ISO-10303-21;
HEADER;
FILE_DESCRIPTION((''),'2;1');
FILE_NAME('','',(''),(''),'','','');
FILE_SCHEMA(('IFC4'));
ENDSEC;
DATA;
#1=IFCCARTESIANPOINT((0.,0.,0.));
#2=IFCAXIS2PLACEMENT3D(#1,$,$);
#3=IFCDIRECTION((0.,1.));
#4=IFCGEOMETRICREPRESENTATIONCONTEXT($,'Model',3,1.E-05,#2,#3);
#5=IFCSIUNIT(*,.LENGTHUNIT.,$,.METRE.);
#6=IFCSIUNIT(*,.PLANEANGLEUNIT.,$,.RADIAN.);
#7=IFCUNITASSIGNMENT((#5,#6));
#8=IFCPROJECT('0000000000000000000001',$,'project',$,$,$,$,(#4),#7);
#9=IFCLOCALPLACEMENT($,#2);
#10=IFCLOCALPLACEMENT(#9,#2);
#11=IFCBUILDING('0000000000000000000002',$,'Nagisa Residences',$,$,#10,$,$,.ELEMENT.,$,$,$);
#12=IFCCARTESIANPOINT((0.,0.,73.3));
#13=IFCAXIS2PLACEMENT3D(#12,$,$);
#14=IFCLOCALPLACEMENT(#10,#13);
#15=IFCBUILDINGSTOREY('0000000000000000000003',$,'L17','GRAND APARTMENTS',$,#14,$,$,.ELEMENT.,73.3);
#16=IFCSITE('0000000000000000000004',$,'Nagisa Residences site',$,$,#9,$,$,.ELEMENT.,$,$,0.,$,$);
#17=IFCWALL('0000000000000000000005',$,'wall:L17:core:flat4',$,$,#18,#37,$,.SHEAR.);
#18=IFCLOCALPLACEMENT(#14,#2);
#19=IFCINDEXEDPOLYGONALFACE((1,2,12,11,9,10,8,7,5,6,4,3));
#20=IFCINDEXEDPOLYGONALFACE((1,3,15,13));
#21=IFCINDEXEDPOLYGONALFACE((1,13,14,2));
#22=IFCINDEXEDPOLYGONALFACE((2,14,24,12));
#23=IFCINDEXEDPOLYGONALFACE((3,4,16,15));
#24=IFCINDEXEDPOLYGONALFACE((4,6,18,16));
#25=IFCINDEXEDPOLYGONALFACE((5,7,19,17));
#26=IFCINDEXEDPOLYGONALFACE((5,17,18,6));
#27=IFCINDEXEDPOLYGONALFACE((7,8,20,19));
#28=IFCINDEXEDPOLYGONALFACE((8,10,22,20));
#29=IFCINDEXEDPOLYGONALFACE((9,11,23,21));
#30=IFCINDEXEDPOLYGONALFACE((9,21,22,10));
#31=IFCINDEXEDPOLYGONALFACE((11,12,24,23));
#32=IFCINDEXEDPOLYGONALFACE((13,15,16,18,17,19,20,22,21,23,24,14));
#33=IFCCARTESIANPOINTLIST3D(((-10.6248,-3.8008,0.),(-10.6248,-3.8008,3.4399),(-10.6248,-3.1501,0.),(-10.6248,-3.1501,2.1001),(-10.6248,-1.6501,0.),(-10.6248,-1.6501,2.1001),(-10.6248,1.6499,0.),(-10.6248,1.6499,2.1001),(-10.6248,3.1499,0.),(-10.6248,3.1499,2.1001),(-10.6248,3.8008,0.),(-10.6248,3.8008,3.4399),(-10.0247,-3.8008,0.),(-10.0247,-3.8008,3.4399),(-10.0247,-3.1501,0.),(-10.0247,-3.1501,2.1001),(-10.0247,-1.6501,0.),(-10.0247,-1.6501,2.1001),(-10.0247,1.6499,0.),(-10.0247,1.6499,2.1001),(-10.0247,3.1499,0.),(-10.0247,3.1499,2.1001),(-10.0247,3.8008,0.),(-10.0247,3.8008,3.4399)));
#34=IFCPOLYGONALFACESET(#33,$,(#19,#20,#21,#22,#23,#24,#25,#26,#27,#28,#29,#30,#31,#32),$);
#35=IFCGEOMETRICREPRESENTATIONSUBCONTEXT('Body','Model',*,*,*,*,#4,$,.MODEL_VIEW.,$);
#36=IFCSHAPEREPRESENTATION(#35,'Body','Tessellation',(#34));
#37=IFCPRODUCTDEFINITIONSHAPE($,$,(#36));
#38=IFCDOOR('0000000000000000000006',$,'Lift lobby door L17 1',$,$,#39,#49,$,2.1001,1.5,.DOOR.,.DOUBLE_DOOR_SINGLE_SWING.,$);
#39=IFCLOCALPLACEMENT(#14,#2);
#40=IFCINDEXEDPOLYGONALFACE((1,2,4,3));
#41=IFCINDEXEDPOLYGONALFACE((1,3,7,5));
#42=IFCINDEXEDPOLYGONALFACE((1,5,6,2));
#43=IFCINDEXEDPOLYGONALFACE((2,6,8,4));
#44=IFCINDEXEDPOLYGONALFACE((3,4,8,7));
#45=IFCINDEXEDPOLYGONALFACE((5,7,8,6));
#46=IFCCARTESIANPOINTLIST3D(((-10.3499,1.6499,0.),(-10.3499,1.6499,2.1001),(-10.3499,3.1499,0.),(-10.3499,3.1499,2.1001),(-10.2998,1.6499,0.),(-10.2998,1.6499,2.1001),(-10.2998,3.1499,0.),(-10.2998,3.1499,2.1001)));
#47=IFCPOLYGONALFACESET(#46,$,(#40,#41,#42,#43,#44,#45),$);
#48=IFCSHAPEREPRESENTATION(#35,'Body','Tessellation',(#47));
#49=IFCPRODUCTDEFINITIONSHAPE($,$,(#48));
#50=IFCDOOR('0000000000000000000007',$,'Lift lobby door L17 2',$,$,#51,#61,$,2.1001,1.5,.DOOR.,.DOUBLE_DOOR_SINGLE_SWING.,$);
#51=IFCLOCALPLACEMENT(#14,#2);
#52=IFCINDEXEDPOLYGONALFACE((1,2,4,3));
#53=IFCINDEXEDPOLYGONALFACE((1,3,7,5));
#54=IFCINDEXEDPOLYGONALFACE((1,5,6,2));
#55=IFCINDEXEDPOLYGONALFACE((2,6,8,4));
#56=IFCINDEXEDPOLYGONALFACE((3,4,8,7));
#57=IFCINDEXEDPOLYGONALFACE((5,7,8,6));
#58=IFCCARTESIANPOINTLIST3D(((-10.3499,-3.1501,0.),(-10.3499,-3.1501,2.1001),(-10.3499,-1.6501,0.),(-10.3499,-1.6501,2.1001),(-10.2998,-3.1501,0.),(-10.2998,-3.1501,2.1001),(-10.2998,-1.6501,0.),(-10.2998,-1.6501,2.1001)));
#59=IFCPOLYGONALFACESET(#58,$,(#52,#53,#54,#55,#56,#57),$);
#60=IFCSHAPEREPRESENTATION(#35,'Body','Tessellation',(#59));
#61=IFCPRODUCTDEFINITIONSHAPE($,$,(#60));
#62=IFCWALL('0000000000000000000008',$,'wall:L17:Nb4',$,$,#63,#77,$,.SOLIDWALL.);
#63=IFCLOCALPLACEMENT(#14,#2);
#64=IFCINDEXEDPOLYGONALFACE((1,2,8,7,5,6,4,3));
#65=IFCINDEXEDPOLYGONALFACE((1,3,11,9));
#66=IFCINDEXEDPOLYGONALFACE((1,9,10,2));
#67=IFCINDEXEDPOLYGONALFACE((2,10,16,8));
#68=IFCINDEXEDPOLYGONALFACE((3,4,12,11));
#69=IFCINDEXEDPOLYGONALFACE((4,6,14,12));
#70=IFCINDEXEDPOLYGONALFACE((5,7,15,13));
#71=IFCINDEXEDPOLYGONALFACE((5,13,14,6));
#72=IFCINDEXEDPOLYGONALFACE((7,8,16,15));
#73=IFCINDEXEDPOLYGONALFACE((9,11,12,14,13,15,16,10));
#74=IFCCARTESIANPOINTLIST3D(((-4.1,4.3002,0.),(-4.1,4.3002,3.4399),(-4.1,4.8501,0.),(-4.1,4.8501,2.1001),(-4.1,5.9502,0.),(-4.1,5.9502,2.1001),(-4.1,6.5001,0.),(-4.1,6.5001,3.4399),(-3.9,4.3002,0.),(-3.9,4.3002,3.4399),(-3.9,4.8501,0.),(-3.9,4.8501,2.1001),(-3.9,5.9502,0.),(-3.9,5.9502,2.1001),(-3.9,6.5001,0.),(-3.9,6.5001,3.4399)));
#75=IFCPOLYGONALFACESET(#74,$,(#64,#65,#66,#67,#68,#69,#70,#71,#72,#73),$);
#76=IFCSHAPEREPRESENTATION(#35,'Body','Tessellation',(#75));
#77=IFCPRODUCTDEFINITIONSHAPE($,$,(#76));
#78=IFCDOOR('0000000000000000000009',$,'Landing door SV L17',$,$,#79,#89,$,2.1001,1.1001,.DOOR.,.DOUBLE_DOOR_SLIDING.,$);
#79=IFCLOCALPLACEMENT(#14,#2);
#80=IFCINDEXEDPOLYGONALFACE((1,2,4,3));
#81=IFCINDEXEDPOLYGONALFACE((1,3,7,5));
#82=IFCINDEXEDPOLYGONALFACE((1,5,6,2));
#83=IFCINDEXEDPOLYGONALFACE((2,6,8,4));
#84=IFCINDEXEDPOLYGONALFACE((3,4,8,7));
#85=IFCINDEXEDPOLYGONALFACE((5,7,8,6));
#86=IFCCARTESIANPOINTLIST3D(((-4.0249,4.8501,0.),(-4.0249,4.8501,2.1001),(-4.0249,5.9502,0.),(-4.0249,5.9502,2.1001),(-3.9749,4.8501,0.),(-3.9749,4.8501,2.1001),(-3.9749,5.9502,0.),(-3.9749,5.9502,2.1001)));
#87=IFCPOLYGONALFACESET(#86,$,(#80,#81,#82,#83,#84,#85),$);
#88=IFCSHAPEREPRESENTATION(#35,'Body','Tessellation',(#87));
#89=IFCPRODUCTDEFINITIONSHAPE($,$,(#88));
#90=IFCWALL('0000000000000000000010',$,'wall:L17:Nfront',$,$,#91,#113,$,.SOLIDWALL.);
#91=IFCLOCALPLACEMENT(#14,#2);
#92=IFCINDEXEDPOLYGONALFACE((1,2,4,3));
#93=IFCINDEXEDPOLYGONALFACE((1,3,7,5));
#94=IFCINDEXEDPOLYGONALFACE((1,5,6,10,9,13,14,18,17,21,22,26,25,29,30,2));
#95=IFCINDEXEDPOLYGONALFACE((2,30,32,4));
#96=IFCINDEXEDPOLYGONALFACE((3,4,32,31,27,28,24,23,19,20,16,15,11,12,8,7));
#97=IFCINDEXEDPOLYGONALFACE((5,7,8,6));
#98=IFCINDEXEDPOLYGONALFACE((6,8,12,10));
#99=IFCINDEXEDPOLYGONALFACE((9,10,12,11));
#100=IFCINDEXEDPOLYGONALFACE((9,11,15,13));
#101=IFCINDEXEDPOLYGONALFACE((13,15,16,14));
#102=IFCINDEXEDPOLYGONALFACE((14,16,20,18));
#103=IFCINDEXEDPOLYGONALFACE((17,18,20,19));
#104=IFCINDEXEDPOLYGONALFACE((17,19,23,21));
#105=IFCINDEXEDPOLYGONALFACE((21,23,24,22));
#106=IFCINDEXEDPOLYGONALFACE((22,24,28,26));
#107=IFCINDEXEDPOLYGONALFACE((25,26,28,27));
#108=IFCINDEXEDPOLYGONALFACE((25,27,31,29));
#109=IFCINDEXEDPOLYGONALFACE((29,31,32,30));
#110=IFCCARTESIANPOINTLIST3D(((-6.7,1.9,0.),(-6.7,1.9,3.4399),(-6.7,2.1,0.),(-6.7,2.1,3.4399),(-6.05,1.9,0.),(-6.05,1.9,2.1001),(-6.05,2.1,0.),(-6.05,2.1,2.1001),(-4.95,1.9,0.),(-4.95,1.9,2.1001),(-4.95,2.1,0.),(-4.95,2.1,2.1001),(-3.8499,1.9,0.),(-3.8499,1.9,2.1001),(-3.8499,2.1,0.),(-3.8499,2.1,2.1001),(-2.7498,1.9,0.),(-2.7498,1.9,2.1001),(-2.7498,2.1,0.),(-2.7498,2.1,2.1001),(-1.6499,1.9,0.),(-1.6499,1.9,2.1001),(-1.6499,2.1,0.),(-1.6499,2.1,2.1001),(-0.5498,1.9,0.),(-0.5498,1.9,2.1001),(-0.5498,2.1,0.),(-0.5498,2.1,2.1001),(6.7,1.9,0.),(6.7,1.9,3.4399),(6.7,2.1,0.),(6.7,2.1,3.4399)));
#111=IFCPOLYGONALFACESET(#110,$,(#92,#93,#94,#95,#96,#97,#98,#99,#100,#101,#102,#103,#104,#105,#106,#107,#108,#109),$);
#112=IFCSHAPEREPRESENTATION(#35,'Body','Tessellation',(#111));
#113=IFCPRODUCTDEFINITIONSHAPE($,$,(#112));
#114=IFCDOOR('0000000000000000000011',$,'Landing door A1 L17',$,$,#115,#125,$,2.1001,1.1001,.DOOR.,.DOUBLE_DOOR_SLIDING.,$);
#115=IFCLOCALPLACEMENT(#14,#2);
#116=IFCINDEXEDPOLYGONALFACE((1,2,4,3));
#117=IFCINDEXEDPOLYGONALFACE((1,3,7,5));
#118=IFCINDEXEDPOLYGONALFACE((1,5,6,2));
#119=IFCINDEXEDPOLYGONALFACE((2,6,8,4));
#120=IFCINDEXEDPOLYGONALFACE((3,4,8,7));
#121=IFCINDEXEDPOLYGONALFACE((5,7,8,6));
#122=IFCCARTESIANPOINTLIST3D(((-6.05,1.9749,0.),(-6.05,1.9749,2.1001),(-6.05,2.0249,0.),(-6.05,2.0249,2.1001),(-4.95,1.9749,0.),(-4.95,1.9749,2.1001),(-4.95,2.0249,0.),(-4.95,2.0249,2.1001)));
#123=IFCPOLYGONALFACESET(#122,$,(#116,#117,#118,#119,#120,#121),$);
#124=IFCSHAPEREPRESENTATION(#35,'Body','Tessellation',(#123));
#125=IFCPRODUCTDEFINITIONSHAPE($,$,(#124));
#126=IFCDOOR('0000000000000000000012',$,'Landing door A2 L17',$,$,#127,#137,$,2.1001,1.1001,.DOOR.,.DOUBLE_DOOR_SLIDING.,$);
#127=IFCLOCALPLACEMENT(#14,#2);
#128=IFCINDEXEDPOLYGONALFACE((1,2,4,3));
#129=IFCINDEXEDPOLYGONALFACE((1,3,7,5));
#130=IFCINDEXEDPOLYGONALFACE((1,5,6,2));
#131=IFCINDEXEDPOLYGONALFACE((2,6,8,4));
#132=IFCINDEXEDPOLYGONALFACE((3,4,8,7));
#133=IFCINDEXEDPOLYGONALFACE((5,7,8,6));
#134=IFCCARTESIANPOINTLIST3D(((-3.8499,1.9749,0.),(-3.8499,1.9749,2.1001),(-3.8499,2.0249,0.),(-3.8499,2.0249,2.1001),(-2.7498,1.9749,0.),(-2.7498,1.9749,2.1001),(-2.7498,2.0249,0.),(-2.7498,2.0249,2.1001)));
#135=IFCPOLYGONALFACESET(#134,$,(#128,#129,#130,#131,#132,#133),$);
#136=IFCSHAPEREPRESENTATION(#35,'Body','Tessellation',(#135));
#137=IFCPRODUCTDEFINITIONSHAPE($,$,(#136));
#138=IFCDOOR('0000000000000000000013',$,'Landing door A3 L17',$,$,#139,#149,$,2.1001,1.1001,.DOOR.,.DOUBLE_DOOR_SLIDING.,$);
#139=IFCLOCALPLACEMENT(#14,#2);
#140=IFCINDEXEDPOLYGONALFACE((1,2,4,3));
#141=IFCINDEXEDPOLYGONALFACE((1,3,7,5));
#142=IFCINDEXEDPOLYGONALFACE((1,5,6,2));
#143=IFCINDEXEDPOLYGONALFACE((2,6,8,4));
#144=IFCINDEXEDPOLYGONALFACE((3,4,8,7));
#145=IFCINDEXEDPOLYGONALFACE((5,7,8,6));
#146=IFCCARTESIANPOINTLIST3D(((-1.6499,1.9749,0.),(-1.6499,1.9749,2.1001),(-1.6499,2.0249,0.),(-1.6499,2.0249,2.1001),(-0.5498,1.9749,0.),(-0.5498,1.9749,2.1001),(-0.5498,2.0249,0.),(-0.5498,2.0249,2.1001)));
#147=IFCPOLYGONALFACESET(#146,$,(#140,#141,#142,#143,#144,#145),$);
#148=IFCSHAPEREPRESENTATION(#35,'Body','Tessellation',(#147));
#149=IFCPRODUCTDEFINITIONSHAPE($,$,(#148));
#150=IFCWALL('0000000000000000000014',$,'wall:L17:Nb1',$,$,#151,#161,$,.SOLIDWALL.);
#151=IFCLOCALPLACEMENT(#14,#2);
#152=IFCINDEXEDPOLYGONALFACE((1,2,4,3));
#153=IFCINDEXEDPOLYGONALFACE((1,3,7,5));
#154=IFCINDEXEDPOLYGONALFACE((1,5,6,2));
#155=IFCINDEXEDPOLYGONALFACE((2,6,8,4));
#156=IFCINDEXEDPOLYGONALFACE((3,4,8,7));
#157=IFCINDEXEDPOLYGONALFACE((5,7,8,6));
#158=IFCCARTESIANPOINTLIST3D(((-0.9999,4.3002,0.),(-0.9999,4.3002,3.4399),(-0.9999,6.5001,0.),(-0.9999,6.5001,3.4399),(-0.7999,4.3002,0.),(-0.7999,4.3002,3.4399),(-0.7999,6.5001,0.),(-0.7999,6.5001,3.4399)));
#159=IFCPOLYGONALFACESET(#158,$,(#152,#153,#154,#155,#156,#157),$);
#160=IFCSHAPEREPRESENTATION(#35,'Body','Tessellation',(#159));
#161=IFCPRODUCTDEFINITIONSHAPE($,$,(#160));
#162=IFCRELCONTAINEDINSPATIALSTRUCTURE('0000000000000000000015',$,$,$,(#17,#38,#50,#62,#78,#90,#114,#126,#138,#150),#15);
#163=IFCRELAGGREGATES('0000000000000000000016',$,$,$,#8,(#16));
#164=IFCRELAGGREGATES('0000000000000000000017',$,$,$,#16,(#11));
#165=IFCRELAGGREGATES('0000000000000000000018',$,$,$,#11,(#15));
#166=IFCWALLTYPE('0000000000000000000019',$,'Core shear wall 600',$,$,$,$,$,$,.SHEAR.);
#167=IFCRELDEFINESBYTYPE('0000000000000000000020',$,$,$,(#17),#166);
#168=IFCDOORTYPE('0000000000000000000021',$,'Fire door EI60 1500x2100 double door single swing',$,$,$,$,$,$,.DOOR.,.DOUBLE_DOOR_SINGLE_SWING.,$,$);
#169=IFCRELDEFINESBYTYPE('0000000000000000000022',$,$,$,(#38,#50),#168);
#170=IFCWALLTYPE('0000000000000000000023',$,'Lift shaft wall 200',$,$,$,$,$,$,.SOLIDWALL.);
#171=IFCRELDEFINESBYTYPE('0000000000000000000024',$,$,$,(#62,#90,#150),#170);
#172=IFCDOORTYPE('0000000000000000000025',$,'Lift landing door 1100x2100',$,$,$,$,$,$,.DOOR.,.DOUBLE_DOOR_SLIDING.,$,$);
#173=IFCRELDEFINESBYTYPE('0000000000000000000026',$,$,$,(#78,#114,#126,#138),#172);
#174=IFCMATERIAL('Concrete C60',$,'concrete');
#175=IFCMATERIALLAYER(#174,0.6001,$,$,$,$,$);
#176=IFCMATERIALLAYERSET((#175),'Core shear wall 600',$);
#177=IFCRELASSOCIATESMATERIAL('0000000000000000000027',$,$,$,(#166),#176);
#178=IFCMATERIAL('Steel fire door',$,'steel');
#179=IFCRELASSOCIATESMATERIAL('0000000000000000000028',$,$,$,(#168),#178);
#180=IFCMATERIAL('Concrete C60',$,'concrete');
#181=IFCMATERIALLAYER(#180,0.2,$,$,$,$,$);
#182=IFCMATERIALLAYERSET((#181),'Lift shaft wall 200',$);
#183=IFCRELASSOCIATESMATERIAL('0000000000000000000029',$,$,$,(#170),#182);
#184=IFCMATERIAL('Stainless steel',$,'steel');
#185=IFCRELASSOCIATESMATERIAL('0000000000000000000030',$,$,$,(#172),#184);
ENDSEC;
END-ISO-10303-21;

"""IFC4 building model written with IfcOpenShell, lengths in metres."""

from ifc_helpers import new_model, si_unit, direction, frame, frame_2d, origin, place, context, subcontext, project, spatial, rectangle, extrude, material, layer, layer_set, type_object, element, fill, save


model = new_model("IFC4")

# Units and contexts
model_context = context("Model", 3, precision=1e-05, world=origin(), true_north=direction((0.0, 1.0)))
body_context = subcontext(model_context, "Body", "Model", "MODEL_VIEW")
ifc_project = project(units=[si_unit("LENGTHUNIT", "METRE"), si_unit("PLANEANGLEUNIT", "RADIAN")], contexts=[model_context])

# Site, building, storey
site_placement = place(None, origin())
site = spatial("IfcSite", under=ifc_project, at=site_placement, Name="Nagisa Residences site", CompositionType="ELEMENT", RefElevation=0.0)
building_placement = place(site_placement, origin())
building = spatial("IfcBuilding", under=site, at=building_placement, Name="Nagisa Residences", CompositionType="ELEMENT")
storey_placement = place(building_placement, frame((0.0, 0.0, 73.3)))
storey = spatial("IfcBuildingStorey", under=building, at=storey_placement, Name="L17", Description="GRAND APARTMENTS", CompositionType="ELEMENT", Elevation=73.3)

# Wall, openings, doors
ifc_material_1 = material(Name="Concrete C60", Category="concrete")
ifc_layer_1 = layer(ifc_material_1, 0.6001)
ifc_layer_set_1 = layer_set([ifc_layer_1], Name="Core shear wall 600")
wall_type_1 = type_object("IfcWallType", Name="Core shear wall 600", PredefinedType="SHEAR", material=ifc_layer_set_1)
wall_1_placement = place(storey_placement, frame((-10.3247, 3.8008, 0.0), z_axis=(0.0, 0.0, 1.0), x_axis=(0.0, -1.0, 0.0)))
wall_1 = element("IfcWall", 1, at=wall_1_placement, inside=storey, type_object=wall_type_1, Name="wall:L17:core:flat4", PredefinedType="SHEAR", context=body_context, shape_type="SweptSolid", body=[
    extrude(rectangle(XDim=7.6016, YDim=0.6001, at=frame_2d((3.8008, 0.0))), origin(), (0.0, 0.0, 1.0), 3.4399),
])
opening_1_placement = place(wall_1_placement, frame((0.6509, 0.0, 0.0)))
opening_1 = element("IfcOpeningElement", 2, at=opening_1_placement, cuts=wall_1, PredefinedType="OPENING", context=body_context, shape_type="SweptSolid", body=[
    extrude(rectangle(XDim=1.5, YDim=2.1001, at=frame_2d((0.75, 1.05))), frame((0.0, 0.3101, 0.0), z_axis=(0.0, -1.0, 0.0), x_axis=(1.0, 0.0, 0.0)), (0.0, 0.0, 1.0), 0.6201),
])
opening_2_placement = place(wall_1_placement, frame((5.4509, 0.0, 0.0)))
opening_2 = element("IfcOpeningElement", 3, at=opening_2_placement, cuts=wall_1, PredefinedType="OPENING", context=body_context, shape_type="SweptSolid", body=[
    extrude(rectangle(XDim=1.5, YDim=2.1001, at=frame_2d((0.75, 1.05))), frame((0.0, 0.3101, 0.0), z_axis=(0.0, -1.0, 0.0), x_axis=(1.0, 0.0, 0.0)), (0.0, 0.0, 1.0), 0.6201),
])
ifc_material_2 = material(Name="Steel fire door", Category="steel")
door_type_1 = type_object("IfcDoorType", Name="Fire door EI60 1500x2100 double door single swing", OperationType="DOUBLE_DOOR_SINGLE_SWING", PredefinedType="DOOR", material=ifc_material_2)
door_1_placement = place(opening_1_placement, origin())
door_1 = element("IfcDoor", 4, at=door_1_placement, inside=storey, type_object=door_type_1, Name="Lift lobby door L17 1", OperationType="DOUBLE_DOOR_SINGLE_SWING", OverallHeight=2.1001, OverallWidth=1.5, PredefinedType="DOOR", context=body_context, shape_type="SweptSolid", body=[
    extrude(rectangle(XDim=1.5, YDim=2.1001, at=frame_2d((0.75, 1.05))), frame((0.0, 0.0249, 0.0), z_axis=(0.0, -1.0, 0.0), x_axis=(1.0, 0.0, 0.0)), (0.0, 0.0, 1.0), 0.05),
])
fill(opening_1, door_1)
door_2_placement = place(opening_2_placement, origin())
door_2 = element("IfcDoor", 5, at=door_2_placement, inside=storey, type_object=door_type_1, Name="Lift lobby door L17 2", OperationType="DOUBLE_DOOR_SINGLE_SWING", OverallHeight=2.1001, OverallWidth=1.5, PredefinedType="DOOR", context=body_context, shape_type="SweptSolid", body=[
    extrude(rectangle(XDim=1.5, YDim=2.1001, at=frame_2d((0.75, 1.05))), frame((0.0, 0.0249, 0.0), z_axis=(0.0, -1.0, 0.0), x_axis=(1.0, 0.0, 0.0)), (0.0, 0.0, 1.0), 0.05),
])
fill(opening_2, door_2)

# Wall, opening, door
ifc_material_3 = material(Name="Concrete C60", Category="concrete")
ifc_layer_2 = layer(ifc_material_3, 0.2)
ifc_layer_set_2 = layer_set([ifc_layer_2], Name="Lift shaft wall 200")
wall_type_2 = type_object("IfcWallType", Name="Lift shaft wall 200", PredefinedType="SOLIDWALL", material=ifc_layer_set_2)
wall_2_placement = place(storey_placement, frame((-4.0, 4.3, 0.0), z_axis=(0.0, 0.0, 1.0), x_axis=(0.0, 1.0, 0.0)))
wall_2 = element("IfcWall", 6, at=wall_2_placement, inside=storey, type_object=wall_type_2, Name="wall:L17:Nb4", PredefinedType="SOLIDWALL", context=body_context, shape_type="SweptSolid", body=[
    extrude(rectangle(XDim=2.2, YDim=0.2, at=frame_2d((1.1001, 0.0))), origin(), (0.0, 0.0, 1.0), 3.4399),
])
opening_3_placement = place(wall_2_placement, frame((0.55, 0.0, 0.0)))
opening_3 = element("IfcOpeningElement", 7, at=opening_3_placement, cuts=wall_2, PredefinedType="OPENING", context=body_context, shape_type="SweptSolid", body=[
    extrude(rectangle(XDim=1.1001, YDim=2.1001, at=frame_2d((0.55, 1.05))), frame((0.0, 0.1099, 0.0), z_axis=(0.0, -1.0, 0.0), x_axis=(1.0, 0.0, 0.0)), (0.0, 0.0, 1.0), 0.22),
])
ifc_material_4 = material(Name="Stainless steel", Category="steel")
door_type_2 = type_object("IfcDoorType", Name="Lift landing door 1100x2100", OperationType="DOUBLE_DOOR_SLIDING", PredefinedType="DOOR", material=ifc_material_4)
door_3_placement = place(opening_3_placement, origin())
door_3 = element("IfcDoor", 8, at=door_3_placement, inside=storey, type_object=door_type_2, Name="Landing door SV L17", OperationType="DOUBLE_DOOR_SLIDING", OverallHeight=2.1001, OverallWidth=1.1001, PredefinedType="DOOR", context=body_context, shape_type="SweptSolid", body=[
    extrude(rectangle(XDim=1.1001, YDim=2.1001, at=frame_2d((0.55, 1.05))), frame((0.0, 0.0249, 0.0), z_axis=(0.0, -1.0, 0.0), x_axis=(1.0, 0.0, 0.0)), (0.0, 0.0, 1.0), 0.05),
])
fill(opening_3, door_3)

# Wall, openings, doors
wall_3_placement = place(storey_placement, frame((-6.7, 2.0, 0.0), z_axis=(0.0, 0.0, 1.0), x_axis=(1.0, 0.0, 0.0)))
wall_3 = element("IfcWall", 9, at=wall_3_placement, inside=storey, type_object=wall_type_2, Name="wall:L17:Nfront", PredefinedType="SOLIDWALL", context=body_context, shape_type="SweptSolid", body=[
    extrude(rectangle(XDim=13.3999, YDim=0.2, at=frame_2d((6.7, 0.0))), origin(), (0.0, 0.0, 1.0), 3.4399),
])
opening_4_placement = place(wall_3_placement, frame((0.6499, 0.0, 0.0)))
opening_4 = element("IfcOpeningElement", 10, at=opening_4_placement, cuts=wall_3, PredefinedType="OPENING", context=body_context, shape_type="SweptSolid", body=[
    extrude(rectangle(XDim=1.1001, YDim=2.1001, at=frame_2d((0.55, 1.05))), frame((0.0, 0.1099, 0.0), z_axis=(0.0, -1.0, 0.0), x_axis=(1.0, 0.0, 0.0)), (0.0, 0.0, 1.0), 0.22),
])
opening_5_placement = place(wall_3_placement, frame((2.8501, 0.0, 0.0)))
opening_5 = element("IfcOpeningElement", 11, at=opening_5_placement, cuts=wall_3, PredefinedType="OPENING", context=body_context, shape_type="SweptSolid", body=[
    extrude(rectangle(XDim=1.1001, YDim=2.1001, at=frame_2d((0.55, 1.05))), frame((0.0, 0.1099, 0.0), z_axis=(0.0, -1.0, 0.0), x_axis=(1.0, 0.0, 0.0)), (0.0, 0.0, 1.0), 0.22),
])
opening_6_placement = place(wall_3_placement, frame((5.05, 0.0, 0.0)))
opening_6 = element("IfcOpeningElement", 12, at=opening_6_placement, cuts=wall_3, PredefinedType="OPENING", context=body_context, shape_type="SweptSolid", body=[
    extrude(rectangle(XDim=1.1001, YDim=2.1001, at=frame_2d((0.55, 1.05))), frame((0.0, 0.1099, 0.0), z_axis=(0.0, -1.0, 0.0), x_axis=(1.0, 0.0, 0.0)), (0.0, 0.0, 1.0), 0.22),
])
door_4_placement = place(opening_4_placement, origin())
door_4 = element("IfcDoor", 13, at=door_4_placement, inside=storey, type_object=door_type_2, Name="Landing door A1 L17", OperationType="DOUBLE_DOOR_SLIDING", OverallHeight=2.1001, OverallWidth=1.1001, PredefinedType="DOOR", context=body_context, shape_type="SweptSolid", body=[
    extrude(rectangle(XDim=1.1001, YDim=2.1001, at=frame_2d((0.55, 1.05))), frame((0.0, 0.0249, 0.0), z_axis=(0.0, -1.0, 0.0), x_axis=(1.0, 0.0, 0.0)), (0.0, 0.0, 1.0), 0.05),
])
fill(opening_4, door_4)
door_5_placement = place(opening_5_placement, origin())
door_5 = element("IfcDoor", 14, at=door_5_placement, inside=storey, type_object=door_type_2, Name="Landing door A2 L17", OperationType="DOUBLE_DOOR_SLIDING", OverallHeight=2.1001, OverallWidth=1.1001, PredefinedType="DOOR", context=body_context, shape_type="SweptSolid", body=[
    extrude(rectangle(XDim=1.1001, YDim=2.1001, at=frame_2d((0.55, 1.05))), frame((0.0, 0.0249, 0.0), z_axis=(0.0, -1.0, 0.0), x_axis=(1.0, 0.0, 0.0)), (0.0, 0.0, 1.0), 0.05),
])
fill(opening_5, door_5)
door_6_placement = place(opening_6_placement, origin())
door_6 = element("IfcDoor", 15, at=door_6_placement, inside=storey, type_object=door_type_2, Name="Landing door A3 L17", OperationType="DOUBLE_DOOR_SLIDING", OverallHeight=2.1001, OverallWidth=1.1001, PredefinedType="DOOR", context=body_context, shape_type="SweptSolid", body=[
    extrude(rectangle(XDim=1.1001, YDim=2.1001, at=frame_2d((0.55, 1.05))), frame((0.0, 0.0249, 0.0), z_axis=(0.0, -1.0, 0.0), x_axis=(1.0, 0.0, 0.0)), (0.0, 0.0, 1.0), 0.05),
])
fill(opening_6, door_6)

# Wall
wall_4_placement = place(storey_placement, frame((-0.8999, 4.3, 0.0), z_axis=(0.0, 0.0, 1.0), x_axis=(0.0, 1.0, 0.0)))
element("IfcWall", 16, at=wall_4_placement, inside=storey, type_object=wall_type_2, Name="wall:L17:Nb1", PredefinedType="SOLIDWALL", context=body_context, shape_type="SweptSolid", body=[
    extrude(rectangle(XDim=2.2, YDim=0.2, at=frame_2d((1.1001, 0.0))), origin(), (0.0, 0.0, 1.0), 3.4399),
])

save(model, "model.ifc")
